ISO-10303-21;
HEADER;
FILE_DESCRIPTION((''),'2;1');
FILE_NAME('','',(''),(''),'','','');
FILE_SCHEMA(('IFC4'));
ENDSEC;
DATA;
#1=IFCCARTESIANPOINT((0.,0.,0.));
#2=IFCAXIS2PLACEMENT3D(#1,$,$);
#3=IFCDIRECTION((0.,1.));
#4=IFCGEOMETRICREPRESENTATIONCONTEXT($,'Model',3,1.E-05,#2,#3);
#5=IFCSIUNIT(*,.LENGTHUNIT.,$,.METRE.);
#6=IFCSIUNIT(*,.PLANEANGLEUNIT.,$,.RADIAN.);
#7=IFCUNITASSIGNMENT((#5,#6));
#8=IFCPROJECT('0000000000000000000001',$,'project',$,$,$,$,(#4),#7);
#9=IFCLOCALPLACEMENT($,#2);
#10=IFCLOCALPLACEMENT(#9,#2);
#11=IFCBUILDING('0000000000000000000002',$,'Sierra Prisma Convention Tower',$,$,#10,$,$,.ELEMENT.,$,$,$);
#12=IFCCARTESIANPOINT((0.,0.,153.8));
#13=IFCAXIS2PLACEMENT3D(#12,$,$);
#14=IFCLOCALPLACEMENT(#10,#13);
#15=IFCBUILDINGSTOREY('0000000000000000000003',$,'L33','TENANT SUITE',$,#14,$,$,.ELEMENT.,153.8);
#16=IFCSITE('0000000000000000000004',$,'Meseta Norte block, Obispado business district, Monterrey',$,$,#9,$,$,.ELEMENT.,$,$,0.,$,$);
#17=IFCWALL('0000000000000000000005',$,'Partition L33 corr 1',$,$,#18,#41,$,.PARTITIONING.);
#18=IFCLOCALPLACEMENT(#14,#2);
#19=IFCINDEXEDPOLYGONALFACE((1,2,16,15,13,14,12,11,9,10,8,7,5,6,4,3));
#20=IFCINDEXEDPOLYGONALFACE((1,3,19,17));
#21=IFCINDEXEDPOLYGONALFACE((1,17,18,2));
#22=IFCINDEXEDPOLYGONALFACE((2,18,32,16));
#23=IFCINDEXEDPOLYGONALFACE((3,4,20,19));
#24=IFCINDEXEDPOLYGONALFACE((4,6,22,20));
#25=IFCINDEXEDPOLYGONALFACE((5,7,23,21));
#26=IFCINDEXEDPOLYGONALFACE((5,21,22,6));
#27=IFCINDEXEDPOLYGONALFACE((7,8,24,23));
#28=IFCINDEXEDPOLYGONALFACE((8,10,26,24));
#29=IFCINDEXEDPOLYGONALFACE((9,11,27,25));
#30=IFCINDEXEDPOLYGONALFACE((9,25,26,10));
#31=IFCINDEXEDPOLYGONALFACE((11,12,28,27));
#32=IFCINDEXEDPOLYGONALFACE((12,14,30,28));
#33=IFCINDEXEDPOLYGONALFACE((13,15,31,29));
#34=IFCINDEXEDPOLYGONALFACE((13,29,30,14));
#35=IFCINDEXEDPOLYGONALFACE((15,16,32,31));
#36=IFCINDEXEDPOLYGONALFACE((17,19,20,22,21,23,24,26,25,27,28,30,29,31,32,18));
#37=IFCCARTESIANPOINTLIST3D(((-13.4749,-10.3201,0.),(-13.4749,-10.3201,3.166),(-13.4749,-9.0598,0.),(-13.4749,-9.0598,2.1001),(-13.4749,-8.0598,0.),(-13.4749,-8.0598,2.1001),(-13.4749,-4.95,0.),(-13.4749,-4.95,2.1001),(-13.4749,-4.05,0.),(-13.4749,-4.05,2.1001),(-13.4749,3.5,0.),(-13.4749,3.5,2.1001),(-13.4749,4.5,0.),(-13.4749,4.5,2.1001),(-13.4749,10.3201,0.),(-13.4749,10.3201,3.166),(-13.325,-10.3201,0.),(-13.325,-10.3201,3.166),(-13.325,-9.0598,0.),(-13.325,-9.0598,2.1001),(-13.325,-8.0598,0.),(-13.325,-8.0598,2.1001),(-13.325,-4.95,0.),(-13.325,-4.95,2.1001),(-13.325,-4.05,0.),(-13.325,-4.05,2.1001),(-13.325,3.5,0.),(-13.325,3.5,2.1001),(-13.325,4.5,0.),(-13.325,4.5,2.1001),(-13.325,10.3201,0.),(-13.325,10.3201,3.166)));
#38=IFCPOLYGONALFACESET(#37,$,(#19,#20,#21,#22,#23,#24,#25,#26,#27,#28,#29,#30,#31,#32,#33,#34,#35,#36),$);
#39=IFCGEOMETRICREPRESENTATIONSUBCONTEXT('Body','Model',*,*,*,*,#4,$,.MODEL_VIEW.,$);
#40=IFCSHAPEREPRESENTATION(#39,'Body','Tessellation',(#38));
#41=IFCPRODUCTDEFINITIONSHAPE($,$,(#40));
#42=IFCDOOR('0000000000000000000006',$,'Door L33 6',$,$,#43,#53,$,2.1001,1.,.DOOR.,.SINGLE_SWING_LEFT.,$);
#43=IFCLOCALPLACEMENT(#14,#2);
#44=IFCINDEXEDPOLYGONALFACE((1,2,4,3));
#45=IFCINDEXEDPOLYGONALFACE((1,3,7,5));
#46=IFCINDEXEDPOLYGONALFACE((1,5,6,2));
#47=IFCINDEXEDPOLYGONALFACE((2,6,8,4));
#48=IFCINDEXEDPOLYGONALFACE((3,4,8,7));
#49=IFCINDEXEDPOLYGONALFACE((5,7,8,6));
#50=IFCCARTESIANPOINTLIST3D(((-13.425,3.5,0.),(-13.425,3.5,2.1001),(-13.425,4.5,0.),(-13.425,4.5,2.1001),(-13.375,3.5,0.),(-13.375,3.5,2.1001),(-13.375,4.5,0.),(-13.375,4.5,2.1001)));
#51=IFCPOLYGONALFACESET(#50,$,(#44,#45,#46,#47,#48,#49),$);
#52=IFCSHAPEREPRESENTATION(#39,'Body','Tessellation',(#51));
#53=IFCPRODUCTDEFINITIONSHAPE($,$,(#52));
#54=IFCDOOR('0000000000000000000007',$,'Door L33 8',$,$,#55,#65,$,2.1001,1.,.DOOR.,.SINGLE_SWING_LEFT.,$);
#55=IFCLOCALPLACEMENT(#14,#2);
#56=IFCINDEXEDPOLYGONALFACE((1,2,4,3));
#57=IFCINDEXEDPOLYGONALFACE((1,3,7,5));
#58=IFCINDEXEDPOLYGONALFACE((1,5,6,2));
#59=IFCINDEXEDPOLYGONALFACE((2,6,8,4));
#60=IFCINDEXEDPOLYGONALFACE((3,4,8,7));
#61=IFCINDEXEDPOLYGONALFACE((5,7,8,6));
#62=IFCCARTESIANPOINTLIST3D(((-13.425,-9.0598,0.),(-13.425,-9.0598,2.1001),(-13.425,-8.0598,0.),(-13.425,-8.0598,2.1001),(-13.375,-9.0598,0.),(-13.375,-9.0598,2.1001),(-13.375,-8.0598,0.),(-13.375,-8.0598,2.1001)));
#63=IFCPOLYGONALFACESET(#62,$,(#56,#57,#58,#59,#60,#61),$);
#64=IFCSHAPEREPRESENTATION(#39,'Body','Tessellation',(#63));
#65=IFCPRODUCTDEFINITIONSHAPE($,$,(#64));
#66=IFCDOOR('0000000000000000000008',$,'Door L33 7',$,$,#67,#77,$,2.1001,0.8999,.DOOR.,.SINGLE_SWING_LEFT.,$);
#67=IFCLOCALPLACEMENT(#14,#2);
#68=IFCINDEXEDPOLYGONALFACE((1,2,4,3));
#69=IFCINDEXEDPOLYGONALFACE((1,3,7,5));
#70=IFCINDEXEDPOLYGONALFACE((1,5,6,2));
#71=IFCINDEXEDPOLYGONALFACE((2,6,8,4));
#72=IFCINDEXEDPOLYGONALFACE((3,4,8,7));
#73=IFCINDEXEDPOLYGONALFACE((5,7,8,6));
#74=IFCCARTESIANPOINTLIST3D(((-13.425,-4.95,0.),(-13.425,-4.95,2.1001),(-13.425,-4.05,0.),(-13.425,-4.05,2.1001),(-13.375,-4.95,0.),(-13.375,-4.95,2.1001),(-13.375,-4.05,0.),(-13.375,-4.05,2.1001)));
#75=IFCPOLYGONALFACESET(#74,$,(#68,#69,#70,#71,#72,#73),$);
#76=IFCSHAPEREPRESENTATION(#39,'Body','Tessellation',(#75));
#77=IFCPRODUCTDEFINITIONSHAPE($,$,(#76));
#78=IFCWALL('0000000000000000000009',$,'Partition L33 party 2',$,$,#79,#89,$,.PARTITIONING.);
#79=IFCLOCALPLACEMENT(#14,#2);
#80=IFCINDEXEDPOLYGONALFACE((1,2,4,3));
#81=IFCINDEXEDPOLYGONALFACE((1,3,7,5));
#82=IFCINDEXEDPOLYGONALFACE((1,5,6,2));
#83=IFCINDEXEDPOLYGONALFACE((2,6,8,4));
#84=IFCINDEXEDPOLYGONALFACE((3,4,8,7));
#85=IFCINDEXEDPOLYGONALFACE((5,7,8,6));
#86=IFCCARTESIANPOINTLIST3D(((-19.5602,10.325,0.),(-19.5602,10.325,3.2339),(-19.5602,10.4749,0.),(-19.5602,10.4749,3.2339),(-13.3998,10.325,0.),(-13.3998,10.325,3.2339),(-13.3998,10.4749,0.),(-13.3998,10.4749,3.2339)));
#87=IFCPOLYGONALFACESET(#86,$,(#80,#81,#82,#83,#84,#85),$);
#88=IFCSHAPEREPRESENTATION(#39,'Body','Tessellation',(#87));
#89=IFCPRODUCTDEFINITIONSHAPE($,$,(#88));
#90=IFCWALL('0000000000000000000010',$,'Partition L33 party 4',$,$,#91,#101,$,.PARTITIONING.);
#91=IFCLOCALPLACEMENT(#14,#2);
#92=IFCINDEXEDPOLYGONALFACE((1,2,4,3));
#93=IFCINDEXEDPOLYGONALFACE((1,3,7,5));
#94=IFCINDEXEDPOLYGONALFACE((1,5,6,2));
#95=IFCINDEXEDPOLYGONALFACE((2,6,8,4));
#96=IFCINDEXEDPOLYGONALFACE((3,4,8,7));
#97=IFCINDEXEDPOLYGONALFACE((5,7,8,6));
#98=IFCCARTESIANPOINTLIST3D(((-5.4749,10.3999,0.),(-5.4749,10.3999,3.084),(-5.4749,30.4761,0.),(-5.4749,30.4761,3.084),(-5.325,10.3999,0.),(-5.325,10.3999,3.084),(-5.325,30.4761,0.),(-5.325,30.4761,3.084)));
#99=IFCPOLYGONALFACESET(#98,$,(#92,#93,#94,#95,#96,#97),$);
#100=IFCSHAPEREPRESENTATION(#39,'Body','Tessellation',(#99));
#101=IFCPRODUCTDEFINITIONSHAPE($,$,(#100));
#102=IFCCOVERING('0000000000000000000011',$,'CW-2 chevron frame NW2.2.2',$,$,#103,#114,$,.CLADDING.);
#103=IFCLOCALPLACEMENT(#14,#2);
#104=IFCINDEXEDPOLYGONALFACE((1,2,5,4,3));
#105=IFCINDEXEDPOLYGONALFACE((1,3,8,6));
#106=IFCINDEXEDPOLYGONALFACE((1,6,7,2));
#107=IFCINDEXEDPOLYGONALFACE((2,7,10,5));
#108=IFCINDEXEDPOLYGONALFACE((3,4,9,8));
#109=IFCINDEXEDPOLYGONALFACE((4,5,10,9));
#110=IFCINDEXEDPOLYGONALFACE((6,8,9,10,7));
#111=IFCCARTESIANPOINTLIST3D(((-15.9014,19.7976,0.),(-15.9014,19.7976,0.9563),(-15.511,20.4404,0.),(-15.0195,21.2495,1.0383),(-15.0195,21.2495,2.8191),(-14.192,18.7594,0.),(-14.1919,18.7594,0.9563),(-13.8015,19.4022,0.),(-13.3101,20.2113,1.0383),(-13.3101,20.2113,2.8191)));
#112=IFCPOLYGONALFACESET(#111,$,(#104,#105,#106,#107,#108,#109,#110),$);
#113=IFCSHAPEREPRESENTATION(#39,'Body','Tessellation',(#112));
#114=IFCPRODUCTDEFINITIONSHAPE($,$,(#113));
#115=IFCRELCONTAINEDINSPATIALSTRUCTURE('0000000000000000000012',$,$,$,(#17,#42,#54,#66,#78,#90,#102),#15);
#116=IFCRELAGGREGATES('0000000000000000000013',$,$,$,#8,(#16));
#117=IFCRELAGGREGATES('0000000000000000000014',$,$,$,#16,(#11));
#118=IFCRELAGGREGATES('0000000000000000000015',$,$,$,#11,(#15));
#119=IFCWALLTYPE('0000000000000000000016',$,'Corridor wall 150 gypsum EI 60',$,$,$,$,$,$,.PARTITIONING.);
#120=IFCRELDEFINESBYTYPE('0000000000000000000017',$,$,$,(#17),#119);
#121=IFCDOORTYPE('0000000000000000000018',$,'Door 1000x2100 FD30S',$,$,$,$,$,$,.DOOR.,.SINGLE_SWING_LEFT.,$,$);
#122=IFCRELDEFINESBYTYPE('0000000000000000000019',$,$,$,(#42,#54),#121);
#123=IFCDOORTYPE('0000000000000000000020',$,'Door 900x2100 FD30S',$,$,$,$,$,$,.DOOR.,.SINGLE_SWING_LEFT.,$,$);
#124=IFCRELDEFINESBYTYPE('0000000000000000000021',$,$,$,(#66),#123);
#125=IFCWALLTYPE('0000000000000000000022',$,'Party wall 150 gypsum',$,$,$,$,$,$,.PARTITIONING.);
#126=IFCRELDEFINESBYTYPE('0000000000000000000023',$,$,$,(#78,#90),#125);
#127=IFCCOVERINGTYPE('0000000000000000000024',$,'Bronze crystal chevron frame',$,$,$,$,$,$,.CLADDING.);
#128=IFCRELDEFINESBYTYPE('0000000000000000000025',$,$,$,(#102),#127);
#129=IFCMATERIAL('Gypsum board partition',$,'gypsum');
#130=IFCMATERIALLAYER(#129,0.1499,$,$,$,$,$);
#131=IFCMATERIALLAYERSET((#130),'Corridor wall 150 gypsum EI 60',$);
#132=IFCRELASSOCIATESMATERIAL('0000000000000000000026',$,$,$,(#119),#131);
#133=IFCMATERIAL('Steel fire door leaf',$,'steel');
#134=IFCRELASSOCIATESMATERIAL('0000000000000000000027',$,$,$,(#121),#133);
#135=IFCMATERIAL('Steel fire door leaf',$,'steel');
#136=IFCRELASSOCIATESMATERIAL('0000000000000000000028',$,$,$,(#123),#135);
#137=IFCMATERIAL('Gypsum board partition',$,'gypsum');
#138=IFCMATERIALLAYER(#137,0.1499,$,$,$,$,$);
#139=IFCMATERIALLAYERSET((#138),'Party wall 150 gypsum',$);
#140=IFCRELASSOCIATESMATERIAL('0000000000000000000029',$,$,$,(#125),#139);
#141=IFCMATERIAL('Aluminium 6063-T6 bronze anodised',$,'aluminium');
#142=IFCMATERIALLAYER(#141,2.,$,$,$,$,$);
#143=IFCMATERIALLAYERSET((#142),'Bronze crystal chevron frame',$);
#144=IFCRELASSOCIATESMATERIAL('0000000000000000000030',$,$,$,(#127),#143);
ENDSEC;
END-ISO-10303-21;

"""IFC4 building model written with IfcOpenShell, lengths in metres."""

from ifc_helpers import new_model, si_unit, direction, frame, frame_2d, origin, place, context, subcontext, project, spatial, polyline, rectangle, outline, extrude, material, layer, layer_set, type_object, element, fill, save


model = new_model("IFC4")

# Units and contexts
model_context = context("Model", 3, precision=1e-05, world=origin(), true_north=direction((0.0, 1.0)))
body_context = subcontext(model_context, "Body", "Model", "MODEL_VIEW")
ifc_project = project(units=[si_unit("LENGTHUNIT", "METRE"), si_unit("PLANEANGLEUNIT", "RADIAN")], contexts=[model_context])

# Site, building, storey
site_placement = place(None, origin())
site = spatial("IfcSite", under=ifc_project, at=site_placement, Name="Meseta Norte block, Obispado business district, Monterrey", CompositionType="ELEMENT", RefElevation=0.0)
building_placement = place(site_placement, origin())
building = spatial("IfcBuilding", under=site, at=building_placement, Name="Sierra Prisma Convention Tower", CompositionType="ELEMENT")
storey_placement = place(building_placement, frame((0.0, 0.0, 153.8)))
storey = spatial("IfcBuildingStorey", under=building, at=storey_placement, Name="L33", Description="TENANT SUITE", CompositionType="ELEMENT", Elevation=153.8)

# Wall, openings, doors
ifc_material_1 = material(Name="Gypsum board partition", Category="gypsum")
ifc_layer_1 = layer(ifc_material_1, 0.1499)
ifc_layer_set_1 = layer_set([ifc_layer_1], Name="Corridor wall 150 gypsum EI 60")
wall_type_1 = type_object("IfcWallType", Name="Corridor wall 150 gypsum EI 60", PredefinedType="PARTITIONING", material=ifc_layer_set_1)
wall_1_placement = place(storey_placement, frame((-13.3999, 10.3201, 0.0), z_axis=(0.0, 0.0, 1.0), x_axis=(0.0, -1.0, 0.0)))
wall_1 = element("IfcWall", 1, at=wall_1_placement, inside=storey, type_object=wall_type_1, Name="Partition L33 corr 1", PredefinedType="PARTITIONING", context=body_context, shape_type="SweptSolid", body=[
    extrude(rectangle(XDim=20.6401, YDim=0.1499, at=frame_2d((10.3201, 0.0))), origin(), (0.0, 0.0, 1.0), 3.166),
])
opening_1_placement = place(wall_1_placement, frame((5.8201, 0.0, 0.0)))
opening_1 = element("IfcOpeningElement", 2, at=opening_1_placement, cuts=wall_1, PredefinedType="OPENING", context=body_context, shape_type="SweptSolid", body=[
    extrude(rectangle(XDim=1.0, YDim=2.1001, at=frame_2d((0.5, 1.05))), frame((0.0, 0.075, 0.0), z_axis=(0.0, -1.0, 0.0), x_axis=(1.0, 0.0, 0.0)), (0.0, 0.0, 1.0), 0.1499),
])
opening_2_placement = place(wall_1_placement, frame((14.3701, 0.0, 0.0)))
opening_2 = element("IfcOpeningElement", 3, at=opening_2_placement, cuts=wall_1, PredefinedType="OPENING", context=body_context, shape_type="SweptSolid", body=[
    extrude(rectangle(XDim=0.8999, YDim=2.1001, at=frame_2d((0.45, 1.05))), frame((0.0, 0.075, 0.0), z_axis=(0.0, -1.0, 0.0), x_axis=(1.0, 0.0, 0.0)), (0.0, 0.0, 1.0), 0.1499),
])
opening_3_placement = place(wall_1_placement, frame((18.3799, 0.0, 0.0)))
opening_3 = element("IfcOpeningElement", 4, at=opening_3_placement, cuts=wall_1, PredefinedType="OPENING", context=body_context, shape_type="SweptSolid", body=[
    extrude(rectangle(XDim=1.0, YDim=2.1001, at=frame_2d((0.5, 1.05))), frame((0.0, 0.075, 0.0), z_axis=(0.0, -1.0, 0.0), x_axis=(1.0, 0.0, 0.0)), (0.0, 0.0, 1.0), 0.1499),
])
ifc_material_2 = material(Name="Steel fire door leaf", Category="steel")
door_type_1 = type_object("IfcDoorType", Name="Door 1000x2100 FD30S", OperationType="SINGLE_SWING_LEFT", PredefinedType="DOOR", material=ifc_material_2)
door_1_placement = place(opening_1_placement, origin())
door_1 = element("IfcDoor", 5, at=door_1_placement, inside=storey, type_object=door_type_1, Name="Door L33 6", OperationType="SINGLE_SWING_LEFT", OverallHeight=2.1001, OverallWidth=1.0, PredefinedType="DOOR", context=body_context, shape_type="SweptSolid", body=[
    extrude(rectangle(XDim=1.0, YDim=2.1001, at=frame_2d((0.5, 1.05))), frame((0.0, 0.0249, 0.0), z_axis=(0.0, -1.0, 0.0), x_axis=(1.0, 0.0, 0.0)), (0.0, 0.0, 1.0), 0.05),
])
fill(opening_1, door_1)
door_2_placement = place(opening_3_placement, origin())
door_2 = element("IfcDoor", 6, at=door_2_placement, inside=storey, type_object=door_type_1, Name="Door L33 8", OperationType="SINGLE_SWING_LEFT", OverallHeight=2.1001, OverallWidth=1.0, PredefinedType="DOOR", context=body_context, shape_type="SweptSolid", body=[
    extrude(rectangle(XDim=1.0, YDim=2.1001, at=frame_2d((0.5, 1.05))), frame((0.0, 0.0249, 0.0), z_axis=(0.0, -1.0, 0.0), x_axis=(1.0, 0.0, 0.0)), (0.0, 0.0, 1.0), 0.05),
])
fill(opening_3, door_2)
ifc_material_3 = material(Name="Steel fire door leaf", Category="steel")
door_type_2 = type_object("IfcDoorType", Name="Door 900x2100 FD30S", OperationType="SINGLE_SWING_LEFT", PredefinedType="DOOR", material=ifc_material_3)
door_3_placement = place(opening_2_placement, origin())
door_3 = element("IfcDoor", 7, at=door_3_placement, inside=storey, type_object=door_type_2, Name="Door L33 7", OperationType="SINGLE_SWING_LEFT", OverallHeight=2.1001, OverallWidth=0.8999, PredefinedType="DOOR", context=body_context, shape_type="SweptSolid", body=[
    extrude(rectangle(XDim=0.8999, YDim=2.1001, at=frame_2d((0.45, 1.05))), frame((0.0, 0.0249, 0.0), z_axis=(0.0, -1.0, 0.0), x_axis=(1.0, 0.0, 0.0)), (0.0, 0.0, 1.0), 0.05),
])
fill(opening_2, door_3)

# Walls
ifc_material_4 = material(Name="Gypsum board partition", Category="gypsum")
ifc_layer_2 = layer(ifc_material_4, 0.1499)
ifc_layer_set_2 = layer_set([ifc_layer_2], Name="Party wall 150 gypsum")
wall_type_2 = type_object("IfcWallType", Name="Party wall 150 gypsum", PredefinedType="PARTITIONING", material=ifc_layer_set_2)
wall_2_placement = place(storey_placement, frame((-13.3999, 10.3999, 0.0), z_axis=(0.0, 0.0, 1.0), x_axis=(-1.0, 0.0, 0.0)))
element("IfcWall", 8, at=wall_2_placement, inside=storey, type_object=wall_type_2, Name="Partition L33 party 2", PredefinedType="PARTITIONING", context=body_context, shape_type="SweptSolid", body=[
    extrude(rectangle(XDim=6.1604, YDim=0.1499, at=frame_2d((3.0801, 0.0))), origin(), (0.0, 0.0, 1.0), 3.2339),
])
wall_3_placement = place(storey_placement, frame((-5.3999, 10.3999, 0.0), z_axis=(0.0, 0.0, 1.0), x_axis=(0.0, 1.0, 0.0)))
element("IfcWall", 9, at=wall_3_placement, inside=storey, type_object=wall_type_2, Name="Partition L33 party 4", PredefinedType="PARTITIONING", context=body_context, shape_type="SweptSolid", body=[
    extrude(rectangle(XDim=20.0762, YDim=0.1499, at=frame_2d((10.0381, 0.0))), origin(), (0.0, 0.0, 1.0), 3.084),
])

# Covering
ifc_material_5 = material(Name="Aluminium 6063-T6 bronze anodised", Category="aluminium")
ifc_layer_3 = layer(ifc_material_5, 2.0)
ifc_layer_set_3 = layer_set([ifc_layer_3], Name="Bronze crystal chevron frame")
covering_type = type_object("IfcCoveringType", Name="Bronze crystal chevron frame", PredefinedType="CLADDING", material=ifc_layer_set_3)
covering_placement = place(storey_placement, frame((-15.9014, 19.7976, 0.0), z_axis=(-0.854707, 0.51911, 0.000013), x_axis=(0.000011, -0.000007, 1.0)))
element("IfcCovering", 10, at=covering_placement, inside=storey, type_object=covering_type, Name="CW-2 chevron frame NW2.2.2", PredefinedType="CLADDING", context=body_context, shape_type="SweptSolid", body=[
    extrude(outline(polyline([(0.0, 0.0), (0.9563, 0.0), (2.8191, 1.6987), (1.0383, 1.6987), (0.0, 0.7521), (0.0, 0.0)])), origin(), (0.0, 0.0, -1.0), 2.0),
])

save(model, "model.ifc")
